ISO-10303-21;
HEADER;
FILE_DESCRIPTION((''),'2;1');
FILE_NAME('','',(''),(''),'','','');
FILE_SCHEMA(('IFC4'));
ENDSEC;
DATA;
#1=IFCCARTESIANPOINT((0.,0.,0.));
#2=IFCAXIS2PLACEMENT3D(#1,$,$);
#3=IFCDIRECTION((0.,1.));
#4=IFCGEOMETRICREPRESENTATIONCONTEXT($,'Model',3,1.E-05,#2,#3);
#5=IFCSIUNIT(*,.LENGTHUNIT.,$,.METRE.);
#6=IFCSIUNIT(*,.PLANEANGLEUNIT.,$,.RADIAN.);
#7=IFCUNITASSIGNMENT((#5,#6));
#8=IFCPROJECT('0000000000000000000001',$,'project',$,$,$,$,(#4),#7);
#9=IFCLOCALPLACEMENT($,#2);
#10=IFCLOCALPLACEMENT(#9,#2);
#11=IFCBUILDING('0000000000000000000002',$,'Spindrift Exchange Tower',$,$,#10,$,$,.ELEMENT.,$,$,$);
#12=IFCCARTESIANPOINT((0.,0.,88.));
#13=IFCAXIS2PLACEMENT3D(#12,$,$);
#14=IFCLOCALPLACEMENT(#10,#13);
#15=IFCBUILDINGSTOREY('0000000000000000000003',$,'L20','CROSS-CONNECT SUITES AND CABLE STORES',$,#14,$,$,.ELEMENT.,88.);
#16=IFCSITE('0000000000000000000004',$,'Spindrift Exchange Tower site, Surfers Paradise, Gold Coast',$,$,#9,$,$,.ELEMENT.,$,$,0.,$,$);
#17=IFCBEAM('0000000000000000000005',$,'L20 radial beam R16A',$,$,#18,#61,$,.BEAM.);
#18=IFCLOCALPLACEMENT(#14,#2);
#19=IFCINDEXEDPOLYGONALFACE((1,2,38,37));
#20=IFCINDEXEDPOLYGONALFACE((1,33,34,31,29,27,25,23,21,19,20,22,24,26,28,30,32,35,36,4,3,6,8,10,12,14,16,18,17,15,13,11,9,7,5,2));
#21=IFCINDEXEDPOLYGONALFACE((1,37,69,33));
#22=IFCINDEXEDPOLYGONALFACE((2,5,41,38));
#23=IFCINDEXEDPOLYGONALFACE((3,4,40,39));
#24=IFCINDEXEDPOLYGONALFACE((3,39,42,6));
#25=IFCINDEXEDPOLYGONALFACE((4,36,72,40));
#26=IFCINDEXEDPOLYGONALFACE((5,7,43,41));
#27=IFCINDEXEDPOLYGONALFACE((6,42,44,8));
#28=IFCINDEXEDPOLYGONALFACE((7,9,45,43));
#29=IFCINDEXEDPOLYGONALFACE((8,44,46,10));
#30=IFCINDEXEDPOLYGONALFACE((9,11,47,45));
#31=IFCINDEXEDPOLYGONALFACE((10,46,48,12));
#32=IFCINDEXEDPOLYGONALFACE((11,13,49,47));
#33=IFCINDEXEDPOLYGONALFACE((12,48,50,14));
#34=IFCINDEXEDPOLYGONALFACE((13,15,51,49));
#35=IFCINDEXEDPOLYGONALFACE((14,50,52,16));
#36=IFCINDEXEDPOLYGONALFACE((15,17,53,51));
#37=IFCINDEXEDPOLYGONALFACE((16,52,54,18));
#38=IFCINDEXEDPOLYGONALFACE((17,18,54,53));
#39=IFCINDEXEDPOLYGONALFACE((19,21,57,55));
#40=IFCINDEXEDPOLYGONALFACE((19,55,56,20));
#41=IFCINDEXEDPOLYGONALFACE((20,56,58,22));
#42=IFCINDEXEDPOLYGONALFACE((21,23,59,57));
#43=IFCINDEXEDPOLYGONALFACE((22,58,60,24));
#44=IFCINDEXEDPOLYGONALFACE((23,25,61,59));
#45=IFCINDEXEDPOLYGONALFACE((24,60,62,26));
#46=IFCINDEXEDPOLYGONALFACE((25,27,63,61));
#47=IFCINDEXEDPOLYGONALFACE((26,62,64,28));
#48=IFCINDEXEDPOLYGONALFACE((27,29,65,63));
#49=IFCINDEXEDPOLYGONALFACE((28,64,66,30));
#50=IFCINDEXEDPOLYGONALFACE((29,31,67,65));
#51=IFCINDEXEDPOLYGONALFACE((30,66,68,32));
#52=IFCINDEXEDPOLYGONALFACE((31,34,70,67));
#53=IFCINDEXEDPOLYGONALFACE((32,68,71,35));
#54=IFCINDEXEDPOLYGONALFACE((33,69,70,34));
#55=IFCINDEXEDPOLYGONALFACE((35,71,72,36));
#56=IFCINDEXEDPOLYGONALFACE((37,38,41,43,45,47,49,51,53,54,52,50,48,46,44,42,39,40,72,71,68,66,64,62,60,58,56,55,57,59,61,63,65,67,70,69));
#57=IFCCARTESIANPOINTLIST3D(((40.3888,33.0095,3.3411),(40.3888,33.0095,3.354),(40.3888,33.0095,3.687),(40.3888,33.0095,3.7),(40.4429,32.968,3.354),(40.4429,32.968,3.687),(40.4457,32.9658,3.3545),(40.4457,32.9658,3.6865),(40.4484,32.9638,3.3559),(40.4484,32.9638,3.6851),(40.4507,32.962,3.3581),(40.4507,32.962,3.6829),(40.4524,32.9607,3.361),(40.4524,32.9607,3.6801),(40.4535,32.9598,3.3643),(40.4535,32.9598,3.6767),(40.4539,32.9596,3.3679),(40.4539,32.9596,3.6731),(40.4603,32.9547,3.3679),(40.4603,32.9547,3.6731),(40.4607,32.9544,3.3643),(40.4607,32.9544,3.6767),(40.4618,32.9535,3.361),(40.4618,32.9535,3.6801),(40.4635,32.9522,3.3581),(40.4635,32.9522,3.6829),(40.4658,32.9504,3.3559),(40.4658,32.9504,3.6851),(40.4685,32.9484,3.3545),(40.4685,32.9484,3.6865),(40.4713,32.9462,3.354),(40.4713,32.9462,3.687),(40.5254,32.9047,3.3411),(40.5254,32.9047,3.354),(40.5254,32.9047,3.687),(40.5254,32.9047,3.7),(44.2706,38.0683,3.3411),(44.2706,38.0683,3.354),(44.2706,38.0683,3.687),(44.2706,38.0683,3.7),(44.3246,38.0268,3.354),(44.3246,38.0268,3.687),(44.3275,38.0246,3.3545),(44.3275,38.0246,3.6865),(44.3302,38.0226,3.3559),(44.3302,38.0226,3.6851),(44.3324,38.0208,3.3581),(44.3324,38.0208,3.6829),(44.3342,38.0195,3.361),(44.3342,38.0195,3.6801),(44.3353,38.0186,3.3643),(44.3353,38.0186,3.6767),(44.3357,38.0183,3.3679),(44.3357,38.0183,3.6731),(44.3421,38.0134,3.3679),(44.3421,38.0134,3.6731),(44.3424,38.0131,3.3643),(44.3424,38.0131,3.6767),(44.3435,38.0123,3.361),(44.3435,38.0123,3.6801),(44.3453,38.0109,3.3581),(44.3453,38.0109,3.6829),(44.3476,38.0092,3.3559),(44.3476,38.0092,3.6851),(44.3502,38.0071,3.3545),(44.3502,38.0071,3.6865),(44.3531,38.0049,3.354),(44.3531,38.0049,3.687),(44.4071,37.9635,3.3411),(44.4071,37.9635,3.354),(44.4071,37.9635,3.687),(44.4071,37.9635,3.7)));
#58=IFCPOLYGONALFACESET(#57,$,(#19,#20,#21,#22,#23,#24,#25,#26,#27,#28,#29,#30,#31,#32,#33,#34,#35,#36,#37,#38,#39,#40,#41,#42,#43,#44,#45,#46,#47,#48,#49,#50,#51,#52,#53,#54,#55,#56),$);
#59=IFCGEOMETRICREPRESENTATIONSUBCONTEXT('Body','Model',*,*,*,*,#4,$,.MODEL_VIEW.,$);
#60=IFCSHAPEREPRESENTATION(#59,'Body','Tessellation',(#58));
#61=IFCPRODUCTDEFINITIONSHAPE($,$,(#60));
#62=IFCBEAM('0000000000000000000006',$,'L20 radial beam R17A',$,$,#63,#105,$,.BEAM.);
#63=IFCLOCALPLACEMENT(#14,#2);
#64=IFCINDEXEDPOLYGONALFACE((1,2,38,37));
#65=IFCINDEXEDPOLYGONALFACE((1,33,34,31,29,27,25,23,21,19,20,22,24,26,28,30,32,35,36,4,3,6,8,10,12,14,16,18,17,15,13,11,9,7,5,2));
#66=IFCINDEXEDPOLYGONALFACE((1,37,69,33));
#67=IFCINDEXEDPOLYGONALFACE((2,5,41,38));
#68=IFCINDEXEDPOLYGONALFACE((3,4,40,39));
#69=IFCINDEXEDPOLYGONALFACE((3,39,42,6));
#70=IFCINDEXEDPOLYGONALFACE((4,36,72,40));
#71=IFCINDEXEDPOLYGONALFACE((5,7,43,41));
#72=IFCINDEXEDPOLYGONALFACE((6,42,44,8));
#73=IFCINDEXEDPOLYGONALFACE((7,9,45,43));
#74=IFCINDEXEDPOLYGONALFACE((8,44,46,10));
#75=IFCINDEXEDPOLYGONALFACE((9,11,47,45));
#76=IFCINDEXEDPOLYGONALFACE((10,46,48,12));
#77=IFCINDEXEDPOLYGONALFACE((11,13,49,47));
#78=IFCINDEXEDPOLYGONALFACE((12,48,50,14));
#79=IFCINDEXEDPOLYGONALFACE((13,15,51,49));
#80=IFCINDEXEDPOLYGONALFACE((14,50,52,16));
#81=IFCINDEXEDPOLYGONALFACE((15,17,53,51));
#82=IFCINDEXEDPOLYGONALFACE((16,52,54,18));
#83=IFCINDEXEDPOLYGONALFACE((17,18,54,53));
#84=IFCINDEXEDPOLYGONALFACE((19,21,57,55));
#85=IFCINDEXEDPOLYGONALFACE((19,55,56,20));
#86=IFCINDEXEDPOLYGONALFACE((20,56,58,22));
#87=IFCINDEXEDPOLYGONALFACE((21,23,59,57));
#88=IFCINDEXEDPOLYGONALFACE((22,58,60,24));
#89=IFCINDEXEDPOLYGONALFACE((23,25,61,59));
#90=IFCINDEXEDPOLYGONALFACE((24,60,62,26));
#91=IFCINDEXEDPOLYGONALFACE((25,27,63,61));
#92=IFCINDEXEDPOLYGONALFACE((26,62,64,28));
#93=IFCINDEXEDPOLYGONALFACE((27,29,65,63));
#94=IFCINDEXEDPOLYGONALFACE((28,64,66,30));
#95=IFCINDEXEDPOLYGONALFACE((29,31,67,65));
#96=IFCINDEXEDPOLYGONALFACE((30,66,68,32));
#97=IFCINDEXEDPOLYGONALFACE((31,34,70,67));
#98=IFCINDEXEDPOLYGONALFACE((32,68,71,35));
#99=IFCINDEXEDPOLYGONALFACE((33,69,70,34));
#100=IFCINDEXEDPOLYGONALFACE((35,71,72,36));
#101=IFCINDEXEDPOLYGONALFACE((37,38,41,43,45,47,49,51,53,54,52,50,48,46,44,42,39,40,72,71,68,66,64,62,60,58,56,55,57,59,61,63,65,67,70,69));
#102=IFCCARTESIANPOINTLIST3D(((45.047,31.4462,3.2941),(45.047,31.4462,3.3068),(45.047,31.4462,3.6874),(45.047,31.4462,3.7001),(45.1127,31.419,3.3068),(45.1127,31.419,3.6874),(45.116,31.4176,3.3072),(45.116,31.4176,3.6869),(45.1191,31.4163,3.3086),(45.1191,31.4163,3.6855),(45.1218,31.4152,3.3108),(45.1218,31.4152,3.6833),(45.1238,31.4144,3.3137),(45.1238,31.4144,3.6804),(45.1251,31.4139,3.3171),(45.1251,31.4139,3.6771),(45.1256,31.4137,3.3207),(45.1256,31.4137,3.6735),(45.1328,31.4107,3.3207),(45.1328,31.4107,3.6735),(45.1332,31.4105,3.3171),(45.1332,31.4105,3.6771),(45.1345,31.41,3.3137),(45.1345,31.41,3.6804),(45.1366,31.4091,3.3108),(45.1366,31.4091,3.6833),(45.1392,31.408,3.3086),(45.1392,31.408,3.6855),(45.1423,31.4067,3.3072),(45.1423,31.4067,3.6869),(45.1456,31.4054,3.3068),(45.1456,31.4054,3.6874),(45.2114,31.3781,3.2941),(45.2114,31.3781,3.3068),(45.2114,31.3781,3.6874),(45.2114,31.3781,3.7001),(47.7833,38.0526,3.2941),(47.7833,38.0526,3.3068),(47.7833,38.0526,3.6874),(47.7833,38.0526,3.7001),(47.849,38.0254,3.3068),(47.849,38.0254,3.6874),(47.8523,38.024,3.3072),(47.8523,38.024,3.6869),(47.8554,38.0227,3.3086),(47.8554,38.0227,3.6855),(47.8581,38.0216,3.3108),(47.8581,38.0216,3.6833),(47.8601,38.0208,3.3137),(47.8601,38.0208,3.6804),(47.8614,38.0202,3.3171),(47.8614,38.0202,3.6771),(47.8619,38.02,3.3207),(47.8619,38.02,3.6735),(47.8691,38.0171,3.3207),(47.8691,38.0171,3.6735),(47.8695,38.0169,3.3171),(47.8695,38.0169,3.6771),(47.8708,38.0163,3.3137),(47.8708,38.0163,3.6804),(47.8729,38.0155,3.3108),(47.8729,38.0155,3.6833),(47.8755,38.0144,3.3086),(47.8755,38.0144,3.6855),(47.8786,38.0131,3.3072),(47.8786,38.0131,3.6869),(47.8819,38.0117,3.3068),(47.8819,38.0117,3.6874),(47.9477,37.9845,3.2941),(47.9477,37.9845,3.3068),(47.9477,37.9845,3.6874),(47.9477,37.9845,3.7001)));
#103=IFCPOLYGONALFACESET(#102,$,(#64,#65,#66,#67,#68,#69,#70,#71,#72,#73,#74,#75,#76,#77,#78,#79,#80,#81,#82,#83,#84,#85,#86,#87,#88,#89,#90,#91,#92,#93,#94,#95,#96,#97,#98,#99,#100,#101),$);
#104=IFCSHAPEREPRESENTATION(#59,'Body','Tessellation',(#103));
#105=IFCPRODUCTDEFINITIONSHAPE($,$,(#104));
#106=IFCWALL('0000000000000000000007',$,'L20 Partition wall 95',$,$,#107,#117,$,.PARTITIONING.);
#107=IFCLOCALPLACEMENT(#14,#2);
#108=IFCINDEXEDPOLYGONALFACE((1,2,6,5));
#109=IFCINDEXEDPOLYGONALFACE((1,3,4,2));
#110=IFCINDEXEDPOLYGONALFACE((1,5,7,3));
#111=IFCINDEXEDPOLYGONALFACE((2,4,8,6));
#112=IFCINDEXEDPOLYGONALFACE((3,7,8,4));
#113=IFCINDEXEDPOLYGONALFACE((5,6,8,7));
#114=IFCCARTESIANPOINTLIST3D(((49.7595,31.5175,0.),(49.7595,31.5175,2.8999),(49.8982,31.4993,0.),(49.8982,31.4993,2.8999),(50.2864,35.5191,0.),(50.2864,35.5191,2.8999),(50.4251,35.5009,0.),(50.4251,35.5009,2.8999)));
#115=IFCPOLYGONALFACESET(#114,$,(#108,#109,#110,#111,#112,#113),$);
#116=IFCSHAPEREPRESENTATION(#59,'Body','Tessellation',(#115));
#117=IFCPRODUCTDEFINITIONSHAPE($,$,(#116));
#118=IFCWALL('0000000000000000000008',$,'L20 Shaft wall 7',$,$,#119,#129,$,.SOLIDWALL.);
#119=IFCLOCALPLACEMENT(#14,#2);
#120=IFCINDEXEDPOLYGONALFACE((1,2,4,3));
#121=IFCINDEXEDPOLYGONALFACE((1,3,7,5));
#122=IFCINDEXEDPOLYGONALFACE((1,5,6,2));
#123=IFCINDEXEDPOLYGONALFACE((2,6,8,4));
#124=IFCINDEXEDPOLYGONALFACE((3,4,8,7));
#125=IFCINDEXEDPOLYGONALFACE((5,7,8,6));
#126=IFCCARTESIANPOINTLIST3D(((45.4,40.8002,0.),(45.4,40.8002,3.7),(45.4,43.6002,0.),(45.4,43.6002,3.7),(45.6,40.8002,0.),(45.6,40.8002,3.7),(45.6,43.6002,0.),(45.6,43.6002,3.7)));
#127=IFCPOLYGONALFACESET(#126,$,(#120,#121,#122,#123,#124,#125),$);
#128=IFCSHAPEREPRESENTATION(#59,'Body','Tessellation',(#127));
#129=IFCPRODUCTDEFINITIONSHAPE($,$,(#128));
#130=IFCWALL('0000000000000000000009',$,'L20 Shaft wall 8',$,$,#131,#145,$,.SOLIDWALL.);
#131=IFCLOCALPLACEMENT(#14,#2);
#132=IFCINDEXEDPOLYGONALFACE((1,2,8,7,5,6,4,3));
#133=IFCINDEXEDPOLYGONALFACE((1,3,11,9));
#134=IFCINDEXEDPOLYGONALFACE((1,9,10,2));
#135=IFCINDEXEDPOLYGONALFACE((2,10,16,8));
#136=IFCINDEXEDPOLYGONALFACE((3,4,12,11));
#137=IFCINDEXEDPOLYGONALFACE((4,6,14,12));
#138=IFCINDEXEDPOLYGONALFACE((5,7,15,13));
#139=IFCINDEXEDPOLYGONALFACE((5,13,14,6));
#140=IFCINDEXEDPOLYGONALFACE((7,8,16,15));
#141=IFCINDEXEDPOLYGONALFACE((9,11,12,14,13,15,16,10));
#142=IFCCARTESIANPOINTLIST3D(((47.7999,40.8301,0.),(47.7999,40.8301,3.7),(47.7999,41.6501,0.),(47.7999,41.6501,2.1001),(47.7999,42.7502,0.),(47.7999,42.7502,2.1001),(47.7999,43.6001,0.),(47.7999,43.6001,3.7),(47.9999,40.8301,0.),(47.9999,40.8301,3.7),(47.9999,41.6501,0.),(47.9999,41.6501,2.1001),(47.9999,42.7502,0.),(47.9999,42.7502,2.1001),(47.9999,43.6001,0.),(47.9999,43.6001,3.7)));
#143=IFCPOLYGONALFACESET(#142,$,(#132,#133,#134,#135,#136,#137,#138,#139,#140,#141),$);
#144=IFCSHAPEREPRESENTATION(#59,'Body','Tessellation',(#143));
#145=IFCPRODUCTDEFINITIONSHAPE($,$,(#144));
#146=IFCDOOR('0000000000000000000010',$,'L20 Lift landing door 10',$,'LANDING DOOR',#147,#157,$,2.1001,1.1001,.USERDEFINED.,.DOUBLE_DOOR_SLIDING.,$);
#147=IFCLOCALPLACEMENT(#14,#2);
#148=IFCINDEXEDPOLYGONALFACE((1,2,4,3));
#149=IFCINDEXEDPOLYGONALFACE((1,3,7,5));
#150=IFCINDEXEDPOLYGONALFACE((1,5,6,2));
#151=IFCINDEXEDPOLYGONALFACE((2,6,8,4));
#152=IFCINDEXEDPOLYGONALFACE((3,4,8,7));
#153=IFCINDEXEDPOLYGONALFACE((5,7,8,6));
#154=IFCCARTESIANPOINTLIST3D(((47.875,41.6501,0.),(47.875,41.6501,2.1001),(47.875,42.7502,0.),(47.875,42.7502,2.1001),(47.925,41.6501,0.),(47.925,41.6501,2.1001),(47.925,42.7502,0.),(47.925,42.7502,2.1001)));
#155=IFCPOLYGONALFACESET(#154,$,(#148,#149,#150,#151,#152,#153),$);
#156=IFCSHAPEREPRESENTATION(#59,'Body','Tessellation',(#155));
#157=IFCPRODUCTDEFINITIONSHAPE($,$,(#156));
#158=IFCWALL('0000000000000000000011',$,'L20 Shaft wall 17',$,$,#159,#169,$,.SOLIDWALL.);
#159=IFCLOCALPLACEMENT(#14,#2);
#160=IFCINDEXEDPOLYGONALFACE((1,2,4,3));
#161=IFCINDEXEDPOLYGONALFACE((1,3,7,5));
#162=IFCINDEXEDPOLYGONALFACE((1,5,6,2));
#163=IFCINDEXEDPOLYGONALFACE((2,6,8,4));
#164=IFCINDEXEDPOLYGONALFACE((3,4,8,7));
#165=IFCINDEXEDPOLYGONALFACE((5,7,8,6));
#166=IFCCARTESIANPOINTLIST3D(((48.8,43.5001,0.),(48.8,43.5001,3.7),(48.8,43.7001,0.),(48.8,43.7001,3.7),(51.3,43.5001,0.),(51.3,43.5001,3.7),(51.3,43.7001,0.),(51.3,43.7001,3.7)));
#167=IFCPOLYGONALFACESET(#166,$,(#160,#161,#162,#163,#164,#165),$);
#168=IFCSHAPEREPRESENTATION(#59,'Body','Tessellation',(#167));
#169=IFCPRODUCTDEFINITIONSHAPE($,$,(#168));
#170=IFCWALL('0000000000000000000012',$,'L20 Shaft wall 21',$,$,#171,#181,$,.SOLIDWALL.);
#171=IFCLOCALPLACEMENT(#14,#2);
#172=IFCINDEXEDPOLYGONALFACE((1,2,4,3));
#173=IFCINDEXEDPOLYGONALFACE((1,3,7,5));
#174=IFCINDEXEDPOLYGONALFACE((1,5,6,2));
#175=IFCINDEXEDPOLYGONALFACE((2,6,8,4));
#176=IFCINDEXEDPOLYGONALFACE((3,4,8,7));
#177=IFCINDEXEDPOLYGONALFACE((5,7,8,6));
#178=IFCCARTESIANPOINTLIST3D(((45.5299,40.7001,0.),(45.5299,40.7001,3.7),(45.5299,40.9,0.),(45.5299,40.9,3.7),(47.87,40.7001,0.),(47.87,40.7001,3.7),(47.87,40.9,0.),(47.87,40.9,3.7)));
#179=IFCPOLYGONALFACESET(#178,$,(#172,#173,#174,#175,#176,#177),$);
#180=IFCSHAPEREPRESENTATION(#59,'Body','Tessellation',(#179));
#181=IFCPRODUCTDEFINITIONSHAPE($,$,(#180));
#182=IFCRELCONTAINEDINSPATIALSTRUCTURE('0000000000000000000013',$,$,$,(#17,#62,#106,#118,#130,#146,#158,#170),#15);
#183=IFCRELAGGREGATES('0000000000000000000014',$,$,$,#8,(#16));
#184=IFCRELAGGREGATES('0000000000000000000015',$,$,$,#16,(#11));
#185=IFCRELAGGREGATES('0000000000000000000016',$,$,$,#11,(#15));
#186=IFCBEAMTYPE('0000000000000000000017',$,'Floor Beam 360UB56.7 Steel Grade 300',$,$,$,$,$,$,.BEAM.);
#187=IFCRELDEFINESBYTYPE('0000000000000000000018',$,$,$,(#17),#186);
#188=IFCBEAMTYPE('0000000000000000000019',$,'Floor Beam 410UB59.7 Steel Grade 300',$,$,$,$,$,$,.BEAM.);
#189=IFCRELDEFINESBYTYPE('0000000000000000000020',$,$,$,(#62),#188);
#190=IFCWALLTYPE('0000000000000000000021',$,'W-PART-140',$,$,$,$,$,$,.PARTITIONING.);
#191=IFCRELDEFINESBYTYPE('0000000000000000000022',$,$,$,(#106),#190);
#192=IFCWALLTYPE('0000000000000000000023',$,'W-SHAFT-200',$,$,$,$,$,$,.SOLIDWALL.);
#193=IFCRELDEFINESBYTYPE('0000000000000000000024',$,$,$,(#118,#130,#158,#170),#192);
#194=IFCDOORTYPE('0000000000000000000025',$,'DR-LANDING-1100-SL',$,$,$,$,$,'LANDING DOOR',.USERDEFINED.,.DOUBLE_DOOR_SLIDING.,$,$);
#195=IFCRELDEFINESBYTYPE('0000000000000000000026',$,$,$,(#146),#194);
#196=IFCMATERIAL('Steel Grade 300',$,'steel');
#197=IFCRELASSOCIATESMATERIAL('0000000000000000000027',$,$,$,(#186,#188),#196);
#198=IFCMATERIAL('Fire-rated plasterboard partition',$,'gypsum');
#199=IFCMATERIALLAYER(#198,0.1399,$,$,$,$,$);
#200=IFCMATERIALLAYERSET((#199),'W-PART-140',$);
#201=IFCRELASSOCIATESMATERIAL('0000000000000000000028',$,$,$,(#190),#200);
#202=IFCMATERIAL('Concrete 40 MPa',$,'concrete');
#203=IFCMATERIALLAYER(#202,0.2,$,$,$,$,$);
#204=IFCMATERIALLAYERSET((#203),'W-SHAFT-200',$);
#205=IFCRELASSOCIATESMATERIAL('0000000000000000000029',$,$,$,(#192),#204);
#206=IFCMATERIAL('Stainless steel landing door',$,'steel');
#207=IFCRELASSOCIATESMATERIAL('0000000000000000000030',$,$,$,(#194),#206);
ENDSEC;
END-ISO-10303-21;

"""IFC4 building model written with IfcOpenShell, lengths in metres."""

from ifc_helpers import new_model, si_unit, direction, frame, frame_2d, origin, origin_2d, place, context, subcontext, project, spatial, rectangle, i_section, extrude, source, transform, mapped, material, layer, layer_set, material_profile, profile_set, type_object, element, fill, save


model = new_model("IFC4")

# Units and contexts
model_context = context("Model", 3, precision=1e-05, world=origin(), true_north=direction((0.0, 1.0)))
body_context = subcontext(model_context, "Body", "Model", "MODEL_VIEW")
ifc_project = project(units=[si_unit("LENGTHUNIT", "METRE"), si_unit("PLANEANGLEUNIT", "RADIAN")], contexts=[model_context])

# Site, building, storey
site_placement = place(None, origin())
site = spatial("IfcSite", under=ifc_project, at=site_placement, Name="Spindrift Exchange Tower site, Surfers Paradise, Gold Coast", CompositionType="ELEMENT", RefElevation=0.0)
building_placement = place(site_placement, origin())
building = spatial("IfcBuilding", under=site, at=building_placement, Name="Spindrift Exchange Tower", CompositionType="ELEMENT")
storey_placement = place(building_placement, frame((0.0, 0.0, 88.0)))
storey = spatial("IfcBuildingStorey", under=building, at=storey_placement, Name="L20", Description="CROSS-CONNECT SUITES AND CABLE STORES", CompositionType="ELEMENT", Elevation=88.0)

# Beams
ifc_material_1 = material(Name="Steel Grade 300", Category="steel")
ifc_material_profile_1 = material_profile(ifc_material_1, i_section(OverallWidth=0.1721, OverallDepth=0.3589, WebThickness=0.0081, FlangeThickness=0.0129, FilletRadius=0.0139, at=origin_2d()), Name="360UB56.7")
ifc_profile_set_1 = profile_set([ifc_material_profile_1], Name="Steel Grade 300")
beam_type_1 = type_object("IfcBeamType", Name="Floor Beam 360UB56.7 Steel Grade 300", PredefinedType="BEAM", material=ifc_profile_set_1)
shared_shape_1 = source(origin(), body_context, "Body", "SweptSolid", [
    extrude(i_section(OverallWidth=0.1721, OverallDepth=0.3589, WebThickness=0.0081, FlangeThickness=0.0129, FilletRadius=0.0139, at=origin_2d()), origin(), (0.0, 0.0, 1.0), 6.3765),
])
beam_1_placement = place(storey_placement, frame((44.3389, 38.0159, 3.5205), z_axis=(-0.608767, -0.793349, 0.0), x_axis=(0.793349, -0.608767, 0.0)))
element("IfcBeam", 1, at=beam_1_placement, inside=storey, type_object=beam_type_1, Name="L20 radial beam R16A", PredefinedType="BEAM", context=body_context, shape_type="MappedRepresentation", body=[
    mapped(shared_shape_1, transform((0.0, 0.0, 0.0), scale=1.0)),
])
ifc_material_profile_2 = material_profile(ifc_material_1, i_section(OverallWidth=0.178, OverallDepth=0.406, WebThickness=0.0078, FlangeThickness=0.0127, FilletRadius=0.0139, at=origin_2d()), Name="410UB59.7")
ifc_profile_set_2 = profile_set([ifc_material_profile_2], Name="Steel Grade 300")
beam_type_2 = type_object("IfcBeamType", Name="Floor Beam 410UB59.7 Steel Grade 300", PredefinedType="BEAM", material=ifc_profile_set_2)
shared_shape_2 = source(origin(), body_context, "Body", "SweptSolid", [
    extrude(i_section(OverallWidth=0.178, OverallDepth=0.406, WebThickness=0.0078, FlangeThickness=0.0127, FilletRadius=0.0139, at=origin_2d()), origin(), (0.0, 0.0, 1.0), 7.1506),
])
beam_2_placement = place(storey_placement, frame((47.8655, 38.0186, 3.4971), z_axis=(-0.382665, -0.923887, 0.0), x_axis=(0.923887, -0.382665, 0.0)))
element("IfcBeam", 2, at=beam_2_placement, inside=storey, type_object=beam_type_2, Name="L20 radial beam R17A", PredefinedType="BEAM", context=body_context, shape_type="MappedRepresentation", body=[
    mapped(shared_shape_2, transform((0.0, 0.0, 0.0), scale=1.0)),
])

# Walls
ifc_material_2 = material(Name="Fire-rated plasterboard partition", Category="gypsum")
ifc_layer_1 = layer(ifc_material_2, 0.1399)
ifc_layer_set_1 = layer_set([ifc_layer_1], Name="W-PART-140")
wall_type_1 = type_object("IfcWallType", Name="W-PART-140", PredefinedType="PARTITIONING", material=ifc_layer_set_1)
wall_1_placement = place(storey_placement, frame((50.3557, 35.51, 0.0), z_axis=(0.0, 0.0, 1.0), x_axis=(-0.130531, -0.991444, 0.0)))
element("IfcWall", 3, at=wall_1_placement, inside=storey, type_object=wall_type_1, Name="L20 Partition wall 95", PredefinedType="PARTITIONING", context=body_context, shape_type="SweptSolid", body=[
    extrude(rectangle(XDim=4.0361, YDim=0.1399, at=frame_2d((2.0181, 0.0))), origin(), (0.0, 0.0, 1.0), 2.8999),
])
ifc_material_3 = material(Name="Concrete 40 MPa", Category="concrete")
ifc_layer_2 = layer(ifc_material_3, 0.2)
ifc_layer_set_2 = layer_set([ifc_layer_2], Name="W-SHAFT-200")
wall_type_2 = type_object("IfcWallType", Name="W-SHAFT-200", PredefinedType="SOLIDWALL", material=ifc_layer_set_2)
wall_2_placement = place(storey_placement, frame((45.5, 43.6001, 0.0), z_axis=(0.0, 0.0, 1.0), x_axis=(0.0, -1.0, 0.0)))
element("IfcWall", 4, at=wall_2_placement, inside=storey, type_object=wall_type_2, Name="L20 Shaft wall 7", PredefinedType="SOLIDWALL", context=body_context, shape_type="SweptSolid", body=[
    extrude(rectangle(XDim=2.8, YDim=0.2, at=frame_2d((1.3999, 0.0))), origin(), (0.0, 0.0, 1.0), 3.7),
])

# Wall, opening, door
wall_3_placement = place(storey_placement, frame((47.8999, 40.8301, 0.0), z_axis=(0.0, 0.0, 1.0), x_axis=(0.0, 1.0, 0.0)))
wall_3 = element("IfcWall", 5, at=wall_3_placement, inside=storey, type_object=wall_type_2, Name="L20 Shaft wall 8", PredefinedType="SOLIDWALL", context=body_context, shape_type="SweptSolid", body=[
    extrude(rectangle(XDim=2.77, YDim=0.2, at=frame_2d((1.385, 0.0))), origin(), (0.0, 0.0, 1.0), 3.7),
])
opening_1_placement = place(wall_3_placement, frame((0.8201, 0.0, 0.0)))
opening_1 = element("IfcOpeningElement", 6, at=opening_1_placement, cuts=wall_3, PredefinedType="OPENING", context=body_context, shape_type="SweptSolid", body=[
    extrude(rectangle(XDim=1.1001, YDim=2.1001, at=frame_2d((0.55, 1.05))), frame((0.0, 0.1099, 0.0), z_axis=(0.0, -1.0, 0.0), x_axis=(1.0, 0.0, 0.0)), (0.0, 0.0, 1.0), 0.22),
])
ifc_material_4 = material(Name="Stainless steel landing door", Category="steel")
door_type_1 = type_object("IfcDoorType", Name="DR-LANDING-1100-SL", ElementType="LANDING DOOR", OperationType="DOUBLE_DOOR_SLIDING", PredefinedType="USERDEFINED", material=ifc_material_4)
shared_shape_3 = source(origin(), body_context, "Body", "SweptSolid", [
    extrude(rectangle(XDim=1.1001, YDim=2.1001, at=frame_2d((0.55, 1.05))), frame((0.0, 0.0249, 0.0), z_axis=(0.0, -1.0, 0.0), x_axis=(1.0, 0.0, 0.0)), (0.0, 0.0, 1.0), 0.05),
])
door_1_placement = place(opening_1_placement, origin())
door_1 = element("IfcDoor", 7, at=door_1_placement, inside=storey, type_object=door_type_1, Name="L20 Lift landing door 10", ObjectType="LANDING DOOR", OperationType="DOUBLE_DOOR_SLIDING", OverallHeight=2.1001, OverallWidth=1.1001, PredefinedType="USERDEFINED", context=body_context, shape_type="MappedRepresentation", body=[
    mapped(shared_shape_3, transform((0.0, 0.0, 0.0), scale=1.0)),
])
fill(opening_1, door_1)

# Walls
wall_4_placement = place(storey_placement, frame((48.8, 43.6001, 0.0), z_axis=(0.0, 0.0, 1.0), x_axis=(1.0, 0.0, 0.0)))
element("IfcWall", 8, at=wall_4_placement, inside=storey, type_object=wall_type_2, Name="L20 Shaft wall 17", PredefinedType="SOLIDWALL", context=body_context, shape_type="SweptSolid", body=[
    extrude(rectangle(XDim=2.5, YDim=0.2, at=frame_2d((1.25, 0.0))), origin(), (0.0, 0.0, 1.0), 3.7),
])
wall_5_placement = place(storey_placement, frame((45.53, 40.8, 0.0), z_axis=(0.0, 0.0, 1.0), x_axis=(1.0, 0.0, 0.0)))
element("IfcWall", 9, at=wall_5_placement, inside=storey, type_object=wall_type_2, Name="L20 Shaft wall 21", PredefinedType="SOLIDWALL", context=body_context, shape_type="SweptSolid", body=[
    extrude(rectangle(XDim=2.3401, YDim=0.2, at=frame_2d((1.1699, 0.0))), origin(), (0.0, 0.0, 1.0), 3.7),
])

save(model, "model.ifc")
